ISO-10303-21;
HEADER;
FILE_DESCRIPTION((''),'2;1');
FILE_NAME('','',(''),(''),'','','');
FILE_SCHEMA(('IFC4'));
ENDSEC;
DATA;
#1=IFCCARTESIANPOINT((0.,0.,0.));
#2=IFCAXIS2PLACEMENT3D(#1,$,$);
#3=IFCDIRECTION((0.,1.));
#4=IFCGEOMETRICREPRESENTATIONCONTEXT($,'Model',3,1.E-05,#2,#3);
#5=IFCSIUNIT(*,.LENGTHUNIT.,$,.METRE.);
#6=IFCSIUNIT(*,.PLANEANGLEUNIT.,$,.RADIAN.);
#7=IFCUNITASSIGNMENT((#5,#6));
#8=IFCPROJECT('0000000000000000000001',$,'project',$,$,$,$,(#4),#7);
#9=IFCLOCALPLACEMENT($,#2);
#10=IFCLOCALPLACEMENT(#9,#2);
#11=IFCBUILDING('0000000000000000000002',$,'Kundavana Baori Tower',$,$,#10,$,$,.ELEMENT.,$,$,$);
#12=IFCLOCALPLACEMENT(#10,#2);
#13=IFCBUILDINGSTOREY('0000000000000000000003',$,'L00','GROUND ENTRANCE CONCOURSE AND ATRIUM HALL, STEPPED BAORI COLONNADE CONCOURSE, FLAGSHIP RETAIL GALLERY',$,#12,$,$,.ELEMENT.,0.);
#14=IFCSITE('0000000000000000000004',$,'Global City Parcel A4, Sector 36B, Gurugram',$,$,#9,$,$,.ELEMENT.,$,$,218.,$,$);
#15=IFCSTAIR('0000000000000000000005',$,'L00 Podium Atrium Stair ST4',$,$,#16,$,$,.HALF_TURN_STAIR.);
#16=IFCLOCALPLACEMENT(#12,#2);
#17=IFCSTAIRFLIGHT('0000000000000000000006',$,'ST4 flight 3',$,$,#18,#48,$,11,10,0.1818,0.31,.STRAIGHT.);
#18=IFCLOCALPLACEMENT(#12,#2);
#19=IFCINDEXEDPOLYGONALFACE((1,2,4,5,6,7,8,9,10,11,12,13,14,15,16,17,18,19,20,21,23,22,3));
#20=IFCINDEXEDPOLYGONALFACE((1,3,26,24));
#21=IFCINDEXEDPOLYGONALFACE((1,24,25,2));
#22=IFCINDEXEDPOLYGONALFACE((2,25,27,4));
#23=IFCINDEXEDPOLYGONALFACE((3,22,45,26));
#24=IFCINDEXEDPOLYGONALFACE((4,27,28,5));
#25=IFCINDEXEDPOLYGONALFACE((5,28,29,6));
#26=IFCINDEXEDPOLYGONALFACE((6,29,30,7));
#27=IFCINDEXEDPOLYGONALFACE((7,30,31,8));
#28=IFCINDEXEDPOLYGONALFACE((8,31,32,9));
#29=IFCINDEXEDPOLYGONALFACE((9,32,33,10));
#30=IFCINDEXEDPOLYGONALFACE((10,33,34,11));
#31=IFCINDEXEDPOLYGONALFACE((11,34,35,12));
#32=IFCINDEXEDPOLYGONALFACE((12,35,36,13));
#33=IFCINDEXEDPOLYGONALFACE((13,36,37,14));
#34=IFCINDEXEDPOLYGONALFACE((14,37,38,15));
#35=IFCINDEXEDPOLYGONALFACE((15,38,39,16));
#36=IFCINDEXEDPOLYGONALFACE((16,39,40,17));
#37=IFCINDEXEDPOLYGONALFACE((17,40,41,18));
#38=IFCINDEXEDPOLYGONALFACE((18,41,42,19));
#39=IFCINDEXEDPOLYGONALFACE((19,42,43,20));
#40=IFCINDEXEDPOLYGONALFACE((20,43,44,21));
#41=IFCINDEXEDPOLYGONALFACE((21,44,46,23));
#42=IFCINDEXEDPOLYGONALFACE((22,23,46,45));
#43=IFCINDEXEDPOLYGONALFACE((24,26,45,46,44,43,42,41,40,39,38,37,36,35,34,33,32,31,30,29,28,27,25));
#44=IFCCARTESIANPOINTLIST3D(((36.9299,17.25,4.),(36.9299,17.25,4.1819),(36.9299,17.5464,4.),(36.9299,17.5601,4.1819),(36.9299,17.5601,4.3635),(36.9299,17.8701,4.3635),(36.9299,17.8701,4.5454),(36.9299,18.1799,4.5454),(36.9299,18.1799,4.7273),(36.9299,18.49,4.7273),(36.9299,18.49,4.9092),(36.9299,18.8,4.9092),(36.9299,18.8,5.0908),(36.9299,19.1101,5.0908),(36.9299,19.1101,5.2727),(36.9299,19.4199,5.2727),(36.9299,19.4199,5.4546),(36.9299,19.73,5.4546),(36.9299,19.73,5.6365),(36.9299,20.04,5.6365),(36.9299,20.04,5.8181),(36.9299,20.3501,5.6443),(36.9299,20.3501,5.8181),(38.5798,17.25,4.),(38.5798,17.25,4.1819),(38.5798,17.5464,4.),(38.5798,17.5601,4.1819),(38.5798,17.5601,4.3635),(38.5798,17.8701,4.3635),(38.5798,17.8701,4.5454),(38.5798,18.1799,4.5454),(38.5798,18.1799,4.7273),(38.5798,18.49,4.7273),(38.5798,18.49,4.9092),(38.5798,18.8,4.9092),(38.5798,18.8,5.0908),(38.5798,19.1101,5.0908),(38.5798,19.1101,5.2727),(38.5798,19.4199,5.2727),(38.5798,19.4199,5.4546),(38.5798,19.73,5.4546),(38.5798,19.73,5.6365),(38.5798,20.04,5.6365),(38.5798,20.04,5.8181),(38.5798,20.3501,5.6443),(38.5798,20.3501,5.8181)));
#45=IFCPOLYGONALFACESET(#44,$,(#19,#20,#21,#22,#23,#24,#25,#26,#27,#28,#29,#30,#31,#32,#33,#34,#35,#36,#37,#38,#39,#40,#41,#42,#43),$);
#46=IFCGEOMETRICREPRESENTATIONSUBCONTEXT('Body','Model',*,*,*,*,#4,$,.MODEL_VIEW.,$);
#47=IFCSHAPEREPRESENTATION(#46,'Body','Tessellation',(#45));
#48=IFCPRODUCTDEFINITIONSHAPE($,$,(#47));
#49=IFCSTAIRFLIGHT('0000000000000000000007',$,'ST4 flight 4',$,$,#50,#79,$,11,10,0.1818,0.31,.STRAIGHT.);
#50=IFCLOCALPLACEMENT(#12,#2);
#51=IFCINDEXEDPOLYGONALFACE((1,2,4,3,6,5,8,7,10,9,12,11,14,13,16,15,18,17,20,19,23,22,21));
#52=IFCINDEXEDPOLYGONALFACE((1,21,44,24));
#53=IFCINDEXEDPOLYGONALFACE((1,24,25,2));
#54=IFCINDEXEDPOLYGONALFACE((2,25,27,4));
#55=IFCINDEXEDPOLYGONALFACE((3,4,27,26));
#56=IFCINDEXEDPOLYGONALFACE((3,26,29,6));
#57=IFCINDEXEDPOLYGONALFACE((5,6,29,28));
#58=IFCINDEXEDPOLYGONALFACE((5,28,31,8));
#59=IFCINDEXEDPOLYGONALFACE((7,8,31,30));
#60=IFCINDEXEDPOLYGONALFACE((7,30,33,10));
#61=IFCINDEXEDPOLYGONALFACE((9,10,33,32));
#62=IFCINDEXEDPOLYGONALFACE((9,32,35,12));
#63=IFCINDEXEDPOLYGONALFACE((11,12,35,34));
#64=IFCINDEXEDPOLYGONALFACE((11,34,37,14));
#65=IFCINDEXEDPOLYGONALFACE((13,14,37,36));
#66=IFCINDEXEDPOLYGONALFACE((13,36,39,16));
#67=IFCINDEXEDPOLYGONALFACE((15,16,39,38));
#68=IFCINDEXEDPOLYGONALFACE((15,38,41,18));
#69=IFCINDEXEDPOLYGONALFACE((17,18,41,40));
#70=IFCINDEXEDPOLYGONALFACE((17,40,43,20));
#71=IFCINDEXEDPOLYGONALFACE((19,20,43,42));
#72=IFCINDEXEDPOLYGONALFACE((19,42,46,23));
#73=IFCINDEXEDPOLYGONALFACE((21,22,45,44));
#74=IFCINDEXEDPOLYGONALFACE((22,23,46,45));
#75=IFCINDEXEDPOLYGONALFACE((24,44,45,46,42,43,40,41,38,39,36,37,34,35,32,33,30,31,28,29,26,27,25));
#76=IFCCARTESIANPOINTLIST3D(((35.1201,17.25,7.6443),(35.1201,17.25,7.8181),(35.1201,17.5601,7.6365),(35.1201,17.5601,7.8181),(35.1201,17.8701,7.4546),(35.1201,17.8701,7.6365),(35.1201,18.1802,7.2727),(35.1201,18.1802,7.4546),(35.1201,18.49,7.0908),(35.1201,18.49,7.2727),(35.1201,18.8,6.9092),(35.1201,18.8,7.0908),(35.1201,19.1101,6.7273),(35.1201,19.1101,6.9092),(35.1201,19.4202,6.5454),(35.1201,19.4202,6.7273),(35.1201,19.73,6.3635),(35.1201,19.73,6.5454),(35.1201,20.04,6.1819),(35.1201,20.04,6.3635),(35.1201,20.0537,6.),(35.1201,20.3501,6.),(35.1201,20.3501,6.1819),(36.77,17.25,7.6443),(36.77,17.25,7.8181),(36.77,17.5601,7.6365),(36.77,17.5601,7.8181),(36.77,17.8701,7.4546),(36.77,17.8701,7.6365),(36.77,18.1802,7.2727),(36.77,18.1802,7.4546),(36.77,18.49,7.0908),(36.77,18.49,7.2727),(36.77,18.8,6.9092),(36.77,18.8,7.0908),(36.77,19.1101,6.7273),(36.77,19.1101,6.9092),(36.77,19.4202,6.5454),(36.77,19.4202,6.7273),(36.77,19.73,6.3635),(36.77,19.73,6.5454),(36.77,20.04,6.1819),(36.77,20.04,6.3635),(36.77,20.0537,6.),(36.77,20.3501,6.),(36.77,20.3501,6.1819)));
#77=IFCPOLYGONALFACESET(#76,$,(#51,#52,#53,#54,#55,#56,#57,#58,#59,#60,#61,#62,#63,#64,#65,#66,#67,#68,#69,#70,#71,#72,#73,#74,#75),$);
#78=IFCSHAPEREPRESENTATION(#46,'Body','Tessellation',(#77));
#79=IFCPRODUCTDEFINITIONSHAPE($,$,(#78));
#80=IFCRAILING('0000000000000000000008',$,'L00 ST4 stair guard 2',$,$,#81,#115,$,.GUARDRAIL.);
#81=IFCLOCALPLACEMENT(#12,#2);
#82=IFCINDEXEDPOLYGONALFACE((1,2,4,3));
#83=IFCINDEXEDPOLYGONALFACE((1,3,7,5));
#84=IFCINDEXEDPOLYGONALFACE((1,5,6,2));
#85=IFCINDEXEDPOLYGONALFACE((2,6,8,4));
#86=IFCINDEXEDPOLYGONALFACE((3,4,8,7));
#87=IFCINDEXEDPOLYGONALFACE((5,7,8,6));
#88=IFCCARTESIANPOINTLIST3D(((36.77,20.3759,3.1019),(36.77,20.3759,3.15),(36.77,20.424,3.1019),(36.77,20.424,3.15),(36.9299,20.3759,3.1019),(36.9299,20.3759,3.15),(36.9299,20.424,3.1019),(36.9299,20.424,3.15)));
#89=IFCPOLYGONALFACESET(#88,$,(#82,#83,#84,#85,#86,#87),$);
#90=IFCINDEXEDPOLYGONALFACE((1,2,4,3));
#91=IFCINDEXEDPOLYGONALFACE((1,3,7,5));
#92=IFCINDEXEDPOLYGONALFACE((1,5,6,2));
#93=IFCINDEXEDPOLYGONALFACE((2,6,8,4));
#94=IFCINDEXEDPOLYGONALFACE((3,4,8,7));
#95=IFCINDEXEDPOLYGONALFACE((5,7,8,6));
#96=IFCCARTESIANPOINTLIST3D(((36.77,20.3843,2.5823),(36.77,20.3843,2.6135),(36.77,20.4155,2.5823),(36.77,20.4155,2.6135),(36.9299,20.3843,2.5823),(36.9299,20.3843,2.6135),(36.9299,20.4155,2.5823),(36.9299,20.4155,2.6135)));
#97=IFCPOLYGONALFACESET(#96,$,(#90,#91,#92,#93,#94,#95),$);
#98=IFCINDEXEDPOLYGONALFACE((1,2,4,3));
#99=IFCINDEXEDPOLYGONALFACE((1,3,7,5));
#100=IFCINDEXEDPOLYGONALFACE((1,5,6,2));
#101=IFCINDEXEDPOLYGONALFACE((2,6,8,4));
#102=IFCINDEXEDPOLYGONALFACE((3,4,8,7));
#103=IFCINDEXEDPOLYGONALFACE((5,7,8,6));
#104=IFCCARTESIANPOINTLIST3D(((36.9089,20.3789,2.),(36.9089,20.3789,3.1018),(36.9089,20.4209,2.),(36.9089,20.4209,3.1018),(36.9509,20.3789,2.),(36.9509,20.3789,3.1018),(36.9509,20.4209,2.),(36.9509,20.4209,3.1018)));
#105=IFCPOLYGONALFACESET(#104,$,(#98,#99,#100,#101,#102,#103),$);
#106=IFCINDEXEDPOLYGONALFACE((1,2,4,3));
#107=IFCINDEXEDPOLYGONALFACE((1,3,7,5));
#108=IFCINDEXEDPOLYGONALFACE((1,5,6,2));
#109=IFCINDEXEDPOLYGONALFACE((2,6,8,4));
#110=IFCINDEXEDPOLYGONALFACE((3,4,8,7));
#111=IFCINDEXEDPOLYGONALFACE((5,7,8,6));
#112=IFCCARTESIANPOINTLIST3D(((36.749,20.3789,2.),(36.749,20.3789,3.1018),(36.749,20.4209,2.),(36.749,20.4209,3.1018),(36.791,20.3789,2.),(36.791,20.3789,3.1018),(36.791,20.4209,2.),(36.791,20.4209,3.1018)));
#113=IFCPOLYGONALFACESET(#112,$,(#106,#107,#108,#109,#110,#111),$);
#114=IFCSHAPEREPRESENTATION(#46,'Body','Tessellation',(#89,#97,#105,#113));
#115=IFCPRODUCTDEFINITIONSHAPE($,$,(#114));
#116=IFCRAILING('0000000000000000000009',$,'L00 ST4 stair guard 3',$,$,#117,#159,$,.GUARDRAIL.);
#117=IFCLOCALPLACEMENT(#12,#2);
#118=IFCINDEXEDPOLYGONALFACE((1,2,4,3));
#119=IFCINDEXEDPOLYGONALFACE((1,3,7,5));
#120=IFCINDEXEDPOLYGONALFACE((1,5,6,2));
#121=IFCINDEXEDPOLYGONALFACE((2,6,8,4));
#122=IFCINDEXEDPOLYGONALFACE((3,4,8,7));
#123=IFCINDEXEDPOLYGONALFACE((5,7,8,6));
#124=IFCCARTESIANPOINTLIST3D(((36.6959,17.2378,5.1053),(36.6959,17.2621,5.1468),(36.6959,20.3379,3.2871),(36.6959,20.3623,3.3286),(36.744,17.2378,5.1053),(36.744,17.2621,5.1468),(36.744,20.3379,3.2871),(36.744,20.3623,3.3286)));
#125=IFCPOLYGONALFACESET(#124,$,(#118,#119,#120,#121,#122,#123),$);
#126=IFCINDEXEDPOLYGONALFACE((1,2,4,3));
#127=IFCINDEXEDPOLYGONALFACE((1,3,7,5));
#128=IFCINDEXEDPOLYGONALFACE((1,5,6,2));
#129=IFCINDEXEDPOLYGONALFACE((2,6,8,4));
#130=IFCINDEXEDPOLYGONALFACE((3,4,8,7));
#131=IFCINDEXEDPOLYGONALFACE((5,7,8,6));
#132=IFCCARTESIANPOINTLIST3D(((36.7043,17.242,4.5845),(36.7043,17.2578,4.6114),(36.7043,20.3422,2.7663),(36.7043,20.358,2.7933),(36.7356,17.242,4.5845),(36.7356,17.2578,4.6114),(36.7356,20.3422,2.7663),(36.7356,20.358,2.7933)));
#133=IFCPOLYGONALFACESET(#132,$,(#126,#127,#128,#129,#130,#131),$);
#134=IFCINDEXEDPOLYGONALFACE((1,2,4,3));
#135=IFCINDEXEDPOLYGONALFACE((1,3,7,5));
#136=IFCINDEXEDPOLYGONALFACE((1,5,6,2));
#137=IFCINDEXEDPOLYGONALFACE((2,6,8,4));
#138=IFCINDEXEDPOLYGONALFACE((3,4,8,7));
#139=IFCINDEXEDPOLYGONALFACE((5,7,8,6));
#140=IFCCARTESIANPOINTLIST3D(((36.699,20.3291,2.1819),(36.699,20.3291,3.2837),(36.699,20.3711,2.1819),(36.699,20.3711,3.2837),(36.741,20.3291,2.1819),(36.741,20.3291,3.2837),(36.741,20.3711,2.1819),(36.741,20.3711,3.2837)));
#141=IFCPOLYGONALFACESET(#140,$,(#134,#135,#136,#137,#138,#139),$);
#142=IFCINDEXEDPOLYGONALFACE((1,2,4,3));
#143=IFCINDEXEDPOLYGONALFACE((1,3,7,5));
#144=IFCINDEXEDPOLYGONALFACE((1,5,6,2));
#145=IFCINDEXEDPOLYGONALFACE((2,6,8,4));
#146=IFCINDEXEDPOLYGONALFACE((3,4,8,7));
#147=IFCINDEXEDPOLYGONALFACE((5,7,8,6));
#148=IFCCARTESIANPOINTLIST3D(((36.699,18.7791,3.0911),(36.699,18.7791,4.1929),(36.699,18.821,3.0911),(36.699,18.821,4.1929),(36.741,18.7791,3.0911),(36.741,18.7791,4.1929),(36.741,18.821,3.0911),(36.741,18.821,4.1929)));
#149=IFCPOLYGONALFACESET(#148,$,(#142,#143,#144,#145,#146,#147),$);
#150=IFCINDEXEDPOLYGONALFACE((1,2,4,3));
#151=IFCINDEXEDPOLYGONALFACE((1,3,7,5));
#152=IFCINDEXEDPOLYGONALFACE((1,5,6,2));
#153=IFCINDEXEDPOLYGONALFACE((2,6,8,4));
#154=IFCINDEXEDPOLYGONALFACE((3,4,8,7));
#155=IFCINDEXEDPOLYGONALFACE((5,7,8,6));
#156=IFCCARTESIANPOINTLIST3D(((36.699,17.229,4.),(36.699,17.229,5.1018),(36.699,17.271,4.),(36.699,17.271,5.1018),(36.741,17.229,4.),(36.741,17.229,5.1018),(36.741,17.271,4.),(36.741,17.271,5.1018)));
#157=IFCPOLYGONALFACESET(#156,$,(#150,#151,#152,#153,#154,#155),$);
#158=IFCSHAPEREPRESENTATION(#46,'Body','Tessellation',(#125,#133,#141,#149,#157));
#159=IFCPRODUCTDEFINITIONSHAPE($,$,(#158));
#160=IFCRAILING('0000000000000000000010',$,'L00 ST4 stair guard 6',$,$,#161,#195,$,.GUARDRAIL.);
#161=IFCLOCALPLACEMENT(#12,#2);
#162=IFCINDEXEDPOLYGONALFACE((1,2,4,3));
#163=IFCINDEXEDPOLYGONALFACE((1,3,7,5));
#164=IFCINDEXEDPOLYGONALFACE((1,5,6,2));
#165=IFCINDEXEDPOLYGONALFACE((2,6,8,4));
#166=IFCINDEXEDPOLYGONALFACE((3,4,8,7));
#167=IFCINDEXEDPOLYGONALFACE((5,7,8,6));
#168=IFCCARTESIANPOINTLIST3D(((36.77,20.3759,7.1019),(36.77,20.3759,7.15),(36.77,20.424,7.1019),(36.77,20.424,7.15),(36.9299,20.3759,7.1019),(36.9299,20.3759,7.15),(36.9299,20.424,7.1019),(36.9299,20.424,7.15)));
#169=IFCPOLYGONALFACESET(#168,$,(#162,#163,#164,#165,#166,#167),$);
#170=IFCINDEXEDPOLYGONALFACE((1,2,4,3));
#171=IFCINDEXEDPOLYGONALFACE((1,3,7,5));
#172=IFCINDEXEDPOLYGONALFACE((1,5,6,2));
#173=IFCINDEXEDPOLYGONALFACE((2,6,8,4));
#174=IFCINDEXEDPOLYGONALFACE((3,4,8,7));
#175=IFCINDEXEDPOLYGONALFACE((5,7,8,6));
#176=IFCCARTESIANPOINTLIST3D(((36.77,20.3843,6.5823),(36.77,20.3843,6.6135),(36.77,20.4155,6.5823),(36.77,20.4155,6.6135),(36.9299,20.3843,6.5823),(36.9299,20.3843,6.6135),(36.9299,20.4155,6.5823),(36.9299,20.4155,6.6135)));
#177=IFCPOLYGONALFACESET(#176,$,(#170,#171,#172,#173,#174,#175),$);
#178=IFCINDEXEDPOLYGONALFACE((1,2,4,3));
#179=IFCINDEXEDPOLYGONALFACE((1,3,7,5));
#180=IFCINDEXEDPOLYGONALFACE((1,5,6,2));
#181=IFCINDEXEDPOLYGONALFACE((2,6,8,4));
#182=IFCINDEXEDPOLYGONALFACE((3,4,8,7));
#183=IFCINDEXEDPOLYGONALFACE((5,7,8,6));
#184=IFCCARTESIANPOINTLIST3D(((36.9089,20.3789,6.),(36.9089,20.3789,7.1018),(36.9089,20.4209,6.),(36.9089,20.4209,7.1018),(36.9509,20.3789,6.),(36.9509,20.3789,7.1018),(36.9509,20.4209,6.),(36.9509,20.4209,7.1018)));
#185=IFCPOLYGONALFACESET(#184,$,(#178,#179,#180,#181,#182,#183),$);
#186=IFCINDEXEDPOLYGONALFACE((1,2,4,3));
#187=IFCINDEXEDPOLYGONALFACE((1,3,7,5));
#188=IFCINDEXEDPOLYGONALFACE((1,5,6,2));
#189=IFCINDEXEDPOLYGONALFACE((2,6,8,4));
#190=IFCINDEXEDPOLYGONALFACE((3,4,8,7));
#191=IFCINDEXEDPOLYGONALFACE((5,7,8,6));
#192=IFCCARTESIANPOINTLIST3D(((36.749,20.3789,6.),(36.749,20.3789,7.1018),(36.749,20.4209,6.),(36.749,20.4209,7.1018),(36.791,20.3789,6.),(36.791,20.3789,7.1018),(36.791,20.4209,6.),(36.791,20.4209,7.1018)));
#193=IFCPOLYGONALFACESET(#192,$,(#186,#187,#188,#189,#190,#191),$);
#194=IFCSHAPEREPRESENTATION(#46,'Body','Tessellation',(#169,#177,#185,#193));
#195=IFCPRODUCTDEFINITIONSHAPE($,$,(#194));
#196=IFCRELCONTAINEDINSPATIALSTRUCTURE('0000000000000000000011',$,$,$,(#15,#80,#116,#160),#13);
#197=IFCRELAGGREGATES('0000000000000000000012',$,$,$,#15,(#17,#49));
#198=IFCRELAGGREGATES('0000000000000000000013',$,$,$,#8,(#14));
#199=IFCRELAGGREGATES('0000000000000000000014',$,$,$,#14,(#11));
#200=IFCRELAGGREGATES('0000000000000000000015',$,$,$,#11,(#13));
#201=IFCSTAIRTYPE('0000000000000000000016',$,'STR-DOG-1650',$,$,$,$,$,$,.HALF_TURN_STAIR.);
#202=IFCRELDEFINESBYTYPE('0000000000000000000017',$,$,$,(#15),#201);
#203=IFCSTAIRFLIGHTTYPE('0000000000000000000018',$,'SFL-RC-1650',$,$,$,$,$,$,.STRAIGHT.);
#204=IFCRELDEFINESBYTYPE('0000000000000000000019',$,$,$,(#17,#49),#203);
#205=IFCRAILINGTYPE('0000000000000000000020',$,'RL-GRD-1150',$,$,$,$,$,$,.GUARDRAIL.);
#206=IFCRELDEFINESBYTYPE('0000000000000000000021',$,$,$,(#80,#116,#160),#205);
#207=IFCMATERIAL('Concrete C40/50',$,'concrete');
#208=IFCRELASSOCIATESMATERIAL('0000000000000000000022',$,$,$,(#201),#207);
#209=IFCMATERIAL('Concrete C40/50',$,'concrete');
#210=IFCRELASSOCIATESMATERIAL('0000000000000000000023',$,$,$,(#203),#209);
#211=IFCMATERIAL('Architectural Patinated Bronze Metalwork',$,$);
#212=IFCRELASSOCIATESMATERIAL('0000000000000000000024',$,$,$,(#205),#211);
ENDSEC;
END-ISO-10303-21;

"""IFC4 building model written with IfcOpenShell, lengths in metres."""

from ifc_helpers import new_model, si_unit, direction, frame, origin, origin_2d, place, context, subcontext, project, spatial, polyline, rectangle, outline, extrude, material, type_object, element, aggregate, save


model = new_model("IFC4")

# Units and contexts
model_context = context("Model", 3, precision=1e-05, world=origin(), true_north=direction((0.0, 1.0)))
body_context = subcontext(model_context, "Body", "Model", "MODEL_VIEW")
ifc_project = project(units=[si_unit("LENGTHUNIT", "METRE"), si_unit("PLANEANGLEUNIT", "RADIAN")], contexts=[model_context])

# Site, building, storey
site_placement = place(None, origin())
site = spatial("IfcSite", under=ifc_project, at=site_placement, Name="Global City Parcel A4, Sector 36B, Gurugram", CompositionType="ELEMENT", RefElevation=218.0)
building_placement = place(site_placement, origin())
building = spatial("IfcBuilding", under=site, at=building_placement, Name="Kundavana Baori Tower", CompositionType="ELEMENT")
storey_placement = place(building_placement, origin())
storey = spatial("IfcBuildingStorey", under=building, at=storey_placement, Name="L00", Description="GROUND ENTRANCE CONCOURSE AND ATRIUM HALL, STEPPED BAORI COLONNADE CONCOURSE, FLAGSHIP RETAIL GALLERY", CompositionType="ELEMENT", Elevation=0.0)

# Stair, stair flights
ifc_material_1 = material(Name="Concrete C40/50", Category="concrete")
stair_type = type_object("IfcStairType", Name="STR-DOG-1650", PredefinedType="HALF_TURN_STAIR", material=ifc_material_1)
stair_placement = place(storey_placement, origin())
stair = element("IfcStair", 1, at=stair_placement, inside=storey, type_object=stair_type, Name="L00 Podium Atrium Stair ST4", PredefinedType="HALF_TURN_STAIR")
ifc_material_2 = material(Name="Concrete C40/50", Category="concrete")
stair_flight_type = type_object("IfcStairFlightType", Name="SFL-RC-1650", PredefinedType="STRAIGHT", material=ifc_material_2)
stair_flight_1_placement = place(storey_placement, frame((37.7549, 17.25, 4.0), z_axis=(0.0, 0.0, 1.0), x_axis=(0.0, 1.0, 0.0)))
stair_flight_1 = element("IfcStairFlight", 2, at=stair_flight_1_placement, type_object=stair_flight_type, Name="ST4 flight 3", NumberOfRisers=11, NumberOfTreads=10, PredefinedType="STRAIGHT", RiserHeight=0.1818, TreadLength=0.31, context=body_context, shape_type="SweptSolid", body=[
    extrude(outline(polyline([(0.0, 0.0), (0.0, 0.1819), (0.3101, 0.1819), (0.3101, 0.3635), (0.6201, 0.3635), (0.6201, 0.5454), (0.9299, 0.5454), (0.9299, 0.7273), (1.24, 0.7273), (1.24, 0.9092), (1.55, 0.9092), (1.55, 1.0908), (1.8601, 1.0908), (1.8601, 1.2727), (2.1699, 1.2727), (2.1699, 1.4546), (2.48, 1.4546), (2.48, 1.6365), (2.79, 1.6365), (2.79, 1.8181), (3.1001, 1.8181), (3.1001, 2.0), (3.1001, 1.6443), (0.2964, 0.0), (0.0, 0.0)])), frame((0.0, 0.825, 0.0), z_axis=(0.0, -1.0, 0.0), x_axis=(1.0, 0.0, 0.0)), (0.0, 0.0, 1.0), 1.6499),
])
stair_flight_2_placement = place(storey_placement, frame((35.9451, 20.3501, 6.0), z_axis=(0.0, 0.0, 1.0), x_axis=(0.0, -1.0, 0.0)))
stair_flight_2 = element("IfcStairFlight", 3, at=stair_flight_2_placement, type_object=stair_flight_type, Name="ST4 flight 4", NumberOfRisers=11, NumberOfTreads=10, PredefinedType="STRAIGHT", RiserHeight=0.1818, TreadLength=0.31, context=body_context, shape_type="SweptSolid", body=[
    extrude(outline(polyline([(0.0, 0.0), (0.0, 0.1819), (0.3101, 0.1819), (0.3101, 0.3635), (0.6201, 0.3635), (0.6201, 0.5454), (0.9299, 0.5454), (0.9299, 0.7273), (1.24, 0.7273), (1.24, 0.9092), (1.55, 0.9092), (1.55, 1.0908), (1.8601, 1.0908), (1.8601, 1.2727), (2.1699, 1.2727), (2.1699, 1.4546), (2.48, 1.4546), (2.48, 1.6365), (2.79, 1.6365), (2.79, 1.8181), (3.1001, 1.8181), (3.1001, 2.0), (3.1001, 1.6443), (0.2964, 0.0), (0.0, 0.0)])), frame((0.0, 0.825, 0.0), z_axis=(0.0, -1.0, 0.0), x_axis=(1.0, 0.0, 0.0)), (0.0, 0.0, 1.0), 1.6499),
])
aggregate(stair, [stair_flight_1, stair_flight_2])

# Railings
ifc_material_3 = material(Name="Architectural Patinated Bronze Metalwork")
railing_type_1 = type_object("IfcRailingType", Name="RL-GRD-1150", PredefinedType="GUARDRAIL", material=ifc_material_3)
railing_1_placement = place(storey_placement, frame((36.9299, 20.3999, 2.0)))
element("IfcRailing", 4, at=railing_1_placement, inside=storey, type_object=railing_type_1, Name="L00 ST4 stair guard 2", PredefinedType="GUARDRAIL", context=body_context, shape_type="SweptSolid", body=[
    extrude(rectangle(XDim=0.0481, YDim=0.0481, at=origin_2d()), frame((0.0, 0.0, 1.126), z_axis=(-1.0, 0.0, 0.0), x_axis=(0.0, -1.0, 0.0)), (0.0, 0.0, 1.0), 0.1599),
    extrude(rectangle(XDim=0.0312, YDim=0.0312, at=origin_2d()), frame((0.0, 0.0, 0.5979), z_axis=(-1.0, 0.0, 0.0), x_axis=(0.0, -1.0, 0.0)), (0.0, 0.0, 1.0), 0.1599),
    extrude(rectangle(XDim=0.042, YDim=0.042, at=origin_2d()), origin(), (0.0, 0.0, 1.0), 1.1018),
    extrude(rectangle(XDim=0.042, YDim=0.042, at=origin_2d()), frame((-0.1599, 0.0, 0.0)), (0.0, 0.0, 1.0), 1.1018),
])
railing_2_placement = place(storey_placement, frame((36.72, 20.3501, 2.1819)))
element("IfcRailing", 5, at=railing_2_placement, inside=storey, type_object=railing_type_1, Name="L00 ST4 stair guard 3", PredefinedType="GUARDRAIL", context=body_context, shape_type="SweptSolid", body=[
    extrude(rectangle(XDim=0.0481, YDim=0.0481, at=origin_2d()), frame((0.0, 0.0, 1.126), z_axis=(0.0, -0.862599, 0.505889), x_axis=(1.0, 0.0, 0.0)), (0.0, 0.0, 1.0), 3.594),
    extrude(rectangle(XDim=0.0312, YDim=0.0312, at=origin_2d()), frame((0.0, 0.0, 0.5979), z_axis=(0.0, -0.862599, 0.505889), x_axis=(1.0, 0.0, 0.0)), (0.0, 0.0, 1.0), 3.594),
    extrude(rectangle(XDim=0.042, YDim=0.042, at=origin_2d()), origin(), (0.0, 0.0, 1.0), 1.1018),
    extrude(rectangle(XDim=0.042, YDim=0.042, at=origin_2d()), frame((0.0, -1.55, 0.9092)), (0.0, 0.0, 1.0), 1.1018),
    extrude(rectangle(XDim=0.042, YDim=0.042, at=origin_2d()), frame((0.0, -3.1001, 1.8181)), (0.0, 0.0, 1.0), 1.1018),
])
railing_3_placement = place(storey_placement, frame((36.9299, 20.3999, 6.0)))
element("IfcRailing", 6, at=railing_3_placement, inside=storey, type_object=railing_type_1, Name="L00 ST4 stair guard 6", PredefinedType="GUARDRAIL", context=body_context, shape_type="SweptSolid", body=[
    extrude(rectangle(XDim=0.0481, YDim=0.0481, at=origin_2d()), frame((0.0, 0.0, 1.126), z_axis=(-1.0, 0.0, 0.0), x_axis=(0.0, -1.0, 0.0)), (0.0, 0.0, 1.0), 0.1599),
    extrude(rectangle(XDim=0.0312, YDim=0.0312, at=origin_2d()), frame((0.0, 0.0, 0.5979), z_axis=(-1.0, 0.0, 0.0), x_axis=(0.0, -1.0, 0.0)), (0.0, 0.0, 1.0), 0.1599),
    extrude(rectangle(XDim=0.042, YDim=0.042, at=origin_2d()), origin(), (0.0, 0.0, 1.0), 1.1018),
    extrude(rectangle(XDim=0.042, YDim=0.042, at=origin_2d()), frame((-0.1599, 0.0, 0.0)), (0.0, 0.0, 1.0), 1.1018),
])

save(model, "model.ifc")
